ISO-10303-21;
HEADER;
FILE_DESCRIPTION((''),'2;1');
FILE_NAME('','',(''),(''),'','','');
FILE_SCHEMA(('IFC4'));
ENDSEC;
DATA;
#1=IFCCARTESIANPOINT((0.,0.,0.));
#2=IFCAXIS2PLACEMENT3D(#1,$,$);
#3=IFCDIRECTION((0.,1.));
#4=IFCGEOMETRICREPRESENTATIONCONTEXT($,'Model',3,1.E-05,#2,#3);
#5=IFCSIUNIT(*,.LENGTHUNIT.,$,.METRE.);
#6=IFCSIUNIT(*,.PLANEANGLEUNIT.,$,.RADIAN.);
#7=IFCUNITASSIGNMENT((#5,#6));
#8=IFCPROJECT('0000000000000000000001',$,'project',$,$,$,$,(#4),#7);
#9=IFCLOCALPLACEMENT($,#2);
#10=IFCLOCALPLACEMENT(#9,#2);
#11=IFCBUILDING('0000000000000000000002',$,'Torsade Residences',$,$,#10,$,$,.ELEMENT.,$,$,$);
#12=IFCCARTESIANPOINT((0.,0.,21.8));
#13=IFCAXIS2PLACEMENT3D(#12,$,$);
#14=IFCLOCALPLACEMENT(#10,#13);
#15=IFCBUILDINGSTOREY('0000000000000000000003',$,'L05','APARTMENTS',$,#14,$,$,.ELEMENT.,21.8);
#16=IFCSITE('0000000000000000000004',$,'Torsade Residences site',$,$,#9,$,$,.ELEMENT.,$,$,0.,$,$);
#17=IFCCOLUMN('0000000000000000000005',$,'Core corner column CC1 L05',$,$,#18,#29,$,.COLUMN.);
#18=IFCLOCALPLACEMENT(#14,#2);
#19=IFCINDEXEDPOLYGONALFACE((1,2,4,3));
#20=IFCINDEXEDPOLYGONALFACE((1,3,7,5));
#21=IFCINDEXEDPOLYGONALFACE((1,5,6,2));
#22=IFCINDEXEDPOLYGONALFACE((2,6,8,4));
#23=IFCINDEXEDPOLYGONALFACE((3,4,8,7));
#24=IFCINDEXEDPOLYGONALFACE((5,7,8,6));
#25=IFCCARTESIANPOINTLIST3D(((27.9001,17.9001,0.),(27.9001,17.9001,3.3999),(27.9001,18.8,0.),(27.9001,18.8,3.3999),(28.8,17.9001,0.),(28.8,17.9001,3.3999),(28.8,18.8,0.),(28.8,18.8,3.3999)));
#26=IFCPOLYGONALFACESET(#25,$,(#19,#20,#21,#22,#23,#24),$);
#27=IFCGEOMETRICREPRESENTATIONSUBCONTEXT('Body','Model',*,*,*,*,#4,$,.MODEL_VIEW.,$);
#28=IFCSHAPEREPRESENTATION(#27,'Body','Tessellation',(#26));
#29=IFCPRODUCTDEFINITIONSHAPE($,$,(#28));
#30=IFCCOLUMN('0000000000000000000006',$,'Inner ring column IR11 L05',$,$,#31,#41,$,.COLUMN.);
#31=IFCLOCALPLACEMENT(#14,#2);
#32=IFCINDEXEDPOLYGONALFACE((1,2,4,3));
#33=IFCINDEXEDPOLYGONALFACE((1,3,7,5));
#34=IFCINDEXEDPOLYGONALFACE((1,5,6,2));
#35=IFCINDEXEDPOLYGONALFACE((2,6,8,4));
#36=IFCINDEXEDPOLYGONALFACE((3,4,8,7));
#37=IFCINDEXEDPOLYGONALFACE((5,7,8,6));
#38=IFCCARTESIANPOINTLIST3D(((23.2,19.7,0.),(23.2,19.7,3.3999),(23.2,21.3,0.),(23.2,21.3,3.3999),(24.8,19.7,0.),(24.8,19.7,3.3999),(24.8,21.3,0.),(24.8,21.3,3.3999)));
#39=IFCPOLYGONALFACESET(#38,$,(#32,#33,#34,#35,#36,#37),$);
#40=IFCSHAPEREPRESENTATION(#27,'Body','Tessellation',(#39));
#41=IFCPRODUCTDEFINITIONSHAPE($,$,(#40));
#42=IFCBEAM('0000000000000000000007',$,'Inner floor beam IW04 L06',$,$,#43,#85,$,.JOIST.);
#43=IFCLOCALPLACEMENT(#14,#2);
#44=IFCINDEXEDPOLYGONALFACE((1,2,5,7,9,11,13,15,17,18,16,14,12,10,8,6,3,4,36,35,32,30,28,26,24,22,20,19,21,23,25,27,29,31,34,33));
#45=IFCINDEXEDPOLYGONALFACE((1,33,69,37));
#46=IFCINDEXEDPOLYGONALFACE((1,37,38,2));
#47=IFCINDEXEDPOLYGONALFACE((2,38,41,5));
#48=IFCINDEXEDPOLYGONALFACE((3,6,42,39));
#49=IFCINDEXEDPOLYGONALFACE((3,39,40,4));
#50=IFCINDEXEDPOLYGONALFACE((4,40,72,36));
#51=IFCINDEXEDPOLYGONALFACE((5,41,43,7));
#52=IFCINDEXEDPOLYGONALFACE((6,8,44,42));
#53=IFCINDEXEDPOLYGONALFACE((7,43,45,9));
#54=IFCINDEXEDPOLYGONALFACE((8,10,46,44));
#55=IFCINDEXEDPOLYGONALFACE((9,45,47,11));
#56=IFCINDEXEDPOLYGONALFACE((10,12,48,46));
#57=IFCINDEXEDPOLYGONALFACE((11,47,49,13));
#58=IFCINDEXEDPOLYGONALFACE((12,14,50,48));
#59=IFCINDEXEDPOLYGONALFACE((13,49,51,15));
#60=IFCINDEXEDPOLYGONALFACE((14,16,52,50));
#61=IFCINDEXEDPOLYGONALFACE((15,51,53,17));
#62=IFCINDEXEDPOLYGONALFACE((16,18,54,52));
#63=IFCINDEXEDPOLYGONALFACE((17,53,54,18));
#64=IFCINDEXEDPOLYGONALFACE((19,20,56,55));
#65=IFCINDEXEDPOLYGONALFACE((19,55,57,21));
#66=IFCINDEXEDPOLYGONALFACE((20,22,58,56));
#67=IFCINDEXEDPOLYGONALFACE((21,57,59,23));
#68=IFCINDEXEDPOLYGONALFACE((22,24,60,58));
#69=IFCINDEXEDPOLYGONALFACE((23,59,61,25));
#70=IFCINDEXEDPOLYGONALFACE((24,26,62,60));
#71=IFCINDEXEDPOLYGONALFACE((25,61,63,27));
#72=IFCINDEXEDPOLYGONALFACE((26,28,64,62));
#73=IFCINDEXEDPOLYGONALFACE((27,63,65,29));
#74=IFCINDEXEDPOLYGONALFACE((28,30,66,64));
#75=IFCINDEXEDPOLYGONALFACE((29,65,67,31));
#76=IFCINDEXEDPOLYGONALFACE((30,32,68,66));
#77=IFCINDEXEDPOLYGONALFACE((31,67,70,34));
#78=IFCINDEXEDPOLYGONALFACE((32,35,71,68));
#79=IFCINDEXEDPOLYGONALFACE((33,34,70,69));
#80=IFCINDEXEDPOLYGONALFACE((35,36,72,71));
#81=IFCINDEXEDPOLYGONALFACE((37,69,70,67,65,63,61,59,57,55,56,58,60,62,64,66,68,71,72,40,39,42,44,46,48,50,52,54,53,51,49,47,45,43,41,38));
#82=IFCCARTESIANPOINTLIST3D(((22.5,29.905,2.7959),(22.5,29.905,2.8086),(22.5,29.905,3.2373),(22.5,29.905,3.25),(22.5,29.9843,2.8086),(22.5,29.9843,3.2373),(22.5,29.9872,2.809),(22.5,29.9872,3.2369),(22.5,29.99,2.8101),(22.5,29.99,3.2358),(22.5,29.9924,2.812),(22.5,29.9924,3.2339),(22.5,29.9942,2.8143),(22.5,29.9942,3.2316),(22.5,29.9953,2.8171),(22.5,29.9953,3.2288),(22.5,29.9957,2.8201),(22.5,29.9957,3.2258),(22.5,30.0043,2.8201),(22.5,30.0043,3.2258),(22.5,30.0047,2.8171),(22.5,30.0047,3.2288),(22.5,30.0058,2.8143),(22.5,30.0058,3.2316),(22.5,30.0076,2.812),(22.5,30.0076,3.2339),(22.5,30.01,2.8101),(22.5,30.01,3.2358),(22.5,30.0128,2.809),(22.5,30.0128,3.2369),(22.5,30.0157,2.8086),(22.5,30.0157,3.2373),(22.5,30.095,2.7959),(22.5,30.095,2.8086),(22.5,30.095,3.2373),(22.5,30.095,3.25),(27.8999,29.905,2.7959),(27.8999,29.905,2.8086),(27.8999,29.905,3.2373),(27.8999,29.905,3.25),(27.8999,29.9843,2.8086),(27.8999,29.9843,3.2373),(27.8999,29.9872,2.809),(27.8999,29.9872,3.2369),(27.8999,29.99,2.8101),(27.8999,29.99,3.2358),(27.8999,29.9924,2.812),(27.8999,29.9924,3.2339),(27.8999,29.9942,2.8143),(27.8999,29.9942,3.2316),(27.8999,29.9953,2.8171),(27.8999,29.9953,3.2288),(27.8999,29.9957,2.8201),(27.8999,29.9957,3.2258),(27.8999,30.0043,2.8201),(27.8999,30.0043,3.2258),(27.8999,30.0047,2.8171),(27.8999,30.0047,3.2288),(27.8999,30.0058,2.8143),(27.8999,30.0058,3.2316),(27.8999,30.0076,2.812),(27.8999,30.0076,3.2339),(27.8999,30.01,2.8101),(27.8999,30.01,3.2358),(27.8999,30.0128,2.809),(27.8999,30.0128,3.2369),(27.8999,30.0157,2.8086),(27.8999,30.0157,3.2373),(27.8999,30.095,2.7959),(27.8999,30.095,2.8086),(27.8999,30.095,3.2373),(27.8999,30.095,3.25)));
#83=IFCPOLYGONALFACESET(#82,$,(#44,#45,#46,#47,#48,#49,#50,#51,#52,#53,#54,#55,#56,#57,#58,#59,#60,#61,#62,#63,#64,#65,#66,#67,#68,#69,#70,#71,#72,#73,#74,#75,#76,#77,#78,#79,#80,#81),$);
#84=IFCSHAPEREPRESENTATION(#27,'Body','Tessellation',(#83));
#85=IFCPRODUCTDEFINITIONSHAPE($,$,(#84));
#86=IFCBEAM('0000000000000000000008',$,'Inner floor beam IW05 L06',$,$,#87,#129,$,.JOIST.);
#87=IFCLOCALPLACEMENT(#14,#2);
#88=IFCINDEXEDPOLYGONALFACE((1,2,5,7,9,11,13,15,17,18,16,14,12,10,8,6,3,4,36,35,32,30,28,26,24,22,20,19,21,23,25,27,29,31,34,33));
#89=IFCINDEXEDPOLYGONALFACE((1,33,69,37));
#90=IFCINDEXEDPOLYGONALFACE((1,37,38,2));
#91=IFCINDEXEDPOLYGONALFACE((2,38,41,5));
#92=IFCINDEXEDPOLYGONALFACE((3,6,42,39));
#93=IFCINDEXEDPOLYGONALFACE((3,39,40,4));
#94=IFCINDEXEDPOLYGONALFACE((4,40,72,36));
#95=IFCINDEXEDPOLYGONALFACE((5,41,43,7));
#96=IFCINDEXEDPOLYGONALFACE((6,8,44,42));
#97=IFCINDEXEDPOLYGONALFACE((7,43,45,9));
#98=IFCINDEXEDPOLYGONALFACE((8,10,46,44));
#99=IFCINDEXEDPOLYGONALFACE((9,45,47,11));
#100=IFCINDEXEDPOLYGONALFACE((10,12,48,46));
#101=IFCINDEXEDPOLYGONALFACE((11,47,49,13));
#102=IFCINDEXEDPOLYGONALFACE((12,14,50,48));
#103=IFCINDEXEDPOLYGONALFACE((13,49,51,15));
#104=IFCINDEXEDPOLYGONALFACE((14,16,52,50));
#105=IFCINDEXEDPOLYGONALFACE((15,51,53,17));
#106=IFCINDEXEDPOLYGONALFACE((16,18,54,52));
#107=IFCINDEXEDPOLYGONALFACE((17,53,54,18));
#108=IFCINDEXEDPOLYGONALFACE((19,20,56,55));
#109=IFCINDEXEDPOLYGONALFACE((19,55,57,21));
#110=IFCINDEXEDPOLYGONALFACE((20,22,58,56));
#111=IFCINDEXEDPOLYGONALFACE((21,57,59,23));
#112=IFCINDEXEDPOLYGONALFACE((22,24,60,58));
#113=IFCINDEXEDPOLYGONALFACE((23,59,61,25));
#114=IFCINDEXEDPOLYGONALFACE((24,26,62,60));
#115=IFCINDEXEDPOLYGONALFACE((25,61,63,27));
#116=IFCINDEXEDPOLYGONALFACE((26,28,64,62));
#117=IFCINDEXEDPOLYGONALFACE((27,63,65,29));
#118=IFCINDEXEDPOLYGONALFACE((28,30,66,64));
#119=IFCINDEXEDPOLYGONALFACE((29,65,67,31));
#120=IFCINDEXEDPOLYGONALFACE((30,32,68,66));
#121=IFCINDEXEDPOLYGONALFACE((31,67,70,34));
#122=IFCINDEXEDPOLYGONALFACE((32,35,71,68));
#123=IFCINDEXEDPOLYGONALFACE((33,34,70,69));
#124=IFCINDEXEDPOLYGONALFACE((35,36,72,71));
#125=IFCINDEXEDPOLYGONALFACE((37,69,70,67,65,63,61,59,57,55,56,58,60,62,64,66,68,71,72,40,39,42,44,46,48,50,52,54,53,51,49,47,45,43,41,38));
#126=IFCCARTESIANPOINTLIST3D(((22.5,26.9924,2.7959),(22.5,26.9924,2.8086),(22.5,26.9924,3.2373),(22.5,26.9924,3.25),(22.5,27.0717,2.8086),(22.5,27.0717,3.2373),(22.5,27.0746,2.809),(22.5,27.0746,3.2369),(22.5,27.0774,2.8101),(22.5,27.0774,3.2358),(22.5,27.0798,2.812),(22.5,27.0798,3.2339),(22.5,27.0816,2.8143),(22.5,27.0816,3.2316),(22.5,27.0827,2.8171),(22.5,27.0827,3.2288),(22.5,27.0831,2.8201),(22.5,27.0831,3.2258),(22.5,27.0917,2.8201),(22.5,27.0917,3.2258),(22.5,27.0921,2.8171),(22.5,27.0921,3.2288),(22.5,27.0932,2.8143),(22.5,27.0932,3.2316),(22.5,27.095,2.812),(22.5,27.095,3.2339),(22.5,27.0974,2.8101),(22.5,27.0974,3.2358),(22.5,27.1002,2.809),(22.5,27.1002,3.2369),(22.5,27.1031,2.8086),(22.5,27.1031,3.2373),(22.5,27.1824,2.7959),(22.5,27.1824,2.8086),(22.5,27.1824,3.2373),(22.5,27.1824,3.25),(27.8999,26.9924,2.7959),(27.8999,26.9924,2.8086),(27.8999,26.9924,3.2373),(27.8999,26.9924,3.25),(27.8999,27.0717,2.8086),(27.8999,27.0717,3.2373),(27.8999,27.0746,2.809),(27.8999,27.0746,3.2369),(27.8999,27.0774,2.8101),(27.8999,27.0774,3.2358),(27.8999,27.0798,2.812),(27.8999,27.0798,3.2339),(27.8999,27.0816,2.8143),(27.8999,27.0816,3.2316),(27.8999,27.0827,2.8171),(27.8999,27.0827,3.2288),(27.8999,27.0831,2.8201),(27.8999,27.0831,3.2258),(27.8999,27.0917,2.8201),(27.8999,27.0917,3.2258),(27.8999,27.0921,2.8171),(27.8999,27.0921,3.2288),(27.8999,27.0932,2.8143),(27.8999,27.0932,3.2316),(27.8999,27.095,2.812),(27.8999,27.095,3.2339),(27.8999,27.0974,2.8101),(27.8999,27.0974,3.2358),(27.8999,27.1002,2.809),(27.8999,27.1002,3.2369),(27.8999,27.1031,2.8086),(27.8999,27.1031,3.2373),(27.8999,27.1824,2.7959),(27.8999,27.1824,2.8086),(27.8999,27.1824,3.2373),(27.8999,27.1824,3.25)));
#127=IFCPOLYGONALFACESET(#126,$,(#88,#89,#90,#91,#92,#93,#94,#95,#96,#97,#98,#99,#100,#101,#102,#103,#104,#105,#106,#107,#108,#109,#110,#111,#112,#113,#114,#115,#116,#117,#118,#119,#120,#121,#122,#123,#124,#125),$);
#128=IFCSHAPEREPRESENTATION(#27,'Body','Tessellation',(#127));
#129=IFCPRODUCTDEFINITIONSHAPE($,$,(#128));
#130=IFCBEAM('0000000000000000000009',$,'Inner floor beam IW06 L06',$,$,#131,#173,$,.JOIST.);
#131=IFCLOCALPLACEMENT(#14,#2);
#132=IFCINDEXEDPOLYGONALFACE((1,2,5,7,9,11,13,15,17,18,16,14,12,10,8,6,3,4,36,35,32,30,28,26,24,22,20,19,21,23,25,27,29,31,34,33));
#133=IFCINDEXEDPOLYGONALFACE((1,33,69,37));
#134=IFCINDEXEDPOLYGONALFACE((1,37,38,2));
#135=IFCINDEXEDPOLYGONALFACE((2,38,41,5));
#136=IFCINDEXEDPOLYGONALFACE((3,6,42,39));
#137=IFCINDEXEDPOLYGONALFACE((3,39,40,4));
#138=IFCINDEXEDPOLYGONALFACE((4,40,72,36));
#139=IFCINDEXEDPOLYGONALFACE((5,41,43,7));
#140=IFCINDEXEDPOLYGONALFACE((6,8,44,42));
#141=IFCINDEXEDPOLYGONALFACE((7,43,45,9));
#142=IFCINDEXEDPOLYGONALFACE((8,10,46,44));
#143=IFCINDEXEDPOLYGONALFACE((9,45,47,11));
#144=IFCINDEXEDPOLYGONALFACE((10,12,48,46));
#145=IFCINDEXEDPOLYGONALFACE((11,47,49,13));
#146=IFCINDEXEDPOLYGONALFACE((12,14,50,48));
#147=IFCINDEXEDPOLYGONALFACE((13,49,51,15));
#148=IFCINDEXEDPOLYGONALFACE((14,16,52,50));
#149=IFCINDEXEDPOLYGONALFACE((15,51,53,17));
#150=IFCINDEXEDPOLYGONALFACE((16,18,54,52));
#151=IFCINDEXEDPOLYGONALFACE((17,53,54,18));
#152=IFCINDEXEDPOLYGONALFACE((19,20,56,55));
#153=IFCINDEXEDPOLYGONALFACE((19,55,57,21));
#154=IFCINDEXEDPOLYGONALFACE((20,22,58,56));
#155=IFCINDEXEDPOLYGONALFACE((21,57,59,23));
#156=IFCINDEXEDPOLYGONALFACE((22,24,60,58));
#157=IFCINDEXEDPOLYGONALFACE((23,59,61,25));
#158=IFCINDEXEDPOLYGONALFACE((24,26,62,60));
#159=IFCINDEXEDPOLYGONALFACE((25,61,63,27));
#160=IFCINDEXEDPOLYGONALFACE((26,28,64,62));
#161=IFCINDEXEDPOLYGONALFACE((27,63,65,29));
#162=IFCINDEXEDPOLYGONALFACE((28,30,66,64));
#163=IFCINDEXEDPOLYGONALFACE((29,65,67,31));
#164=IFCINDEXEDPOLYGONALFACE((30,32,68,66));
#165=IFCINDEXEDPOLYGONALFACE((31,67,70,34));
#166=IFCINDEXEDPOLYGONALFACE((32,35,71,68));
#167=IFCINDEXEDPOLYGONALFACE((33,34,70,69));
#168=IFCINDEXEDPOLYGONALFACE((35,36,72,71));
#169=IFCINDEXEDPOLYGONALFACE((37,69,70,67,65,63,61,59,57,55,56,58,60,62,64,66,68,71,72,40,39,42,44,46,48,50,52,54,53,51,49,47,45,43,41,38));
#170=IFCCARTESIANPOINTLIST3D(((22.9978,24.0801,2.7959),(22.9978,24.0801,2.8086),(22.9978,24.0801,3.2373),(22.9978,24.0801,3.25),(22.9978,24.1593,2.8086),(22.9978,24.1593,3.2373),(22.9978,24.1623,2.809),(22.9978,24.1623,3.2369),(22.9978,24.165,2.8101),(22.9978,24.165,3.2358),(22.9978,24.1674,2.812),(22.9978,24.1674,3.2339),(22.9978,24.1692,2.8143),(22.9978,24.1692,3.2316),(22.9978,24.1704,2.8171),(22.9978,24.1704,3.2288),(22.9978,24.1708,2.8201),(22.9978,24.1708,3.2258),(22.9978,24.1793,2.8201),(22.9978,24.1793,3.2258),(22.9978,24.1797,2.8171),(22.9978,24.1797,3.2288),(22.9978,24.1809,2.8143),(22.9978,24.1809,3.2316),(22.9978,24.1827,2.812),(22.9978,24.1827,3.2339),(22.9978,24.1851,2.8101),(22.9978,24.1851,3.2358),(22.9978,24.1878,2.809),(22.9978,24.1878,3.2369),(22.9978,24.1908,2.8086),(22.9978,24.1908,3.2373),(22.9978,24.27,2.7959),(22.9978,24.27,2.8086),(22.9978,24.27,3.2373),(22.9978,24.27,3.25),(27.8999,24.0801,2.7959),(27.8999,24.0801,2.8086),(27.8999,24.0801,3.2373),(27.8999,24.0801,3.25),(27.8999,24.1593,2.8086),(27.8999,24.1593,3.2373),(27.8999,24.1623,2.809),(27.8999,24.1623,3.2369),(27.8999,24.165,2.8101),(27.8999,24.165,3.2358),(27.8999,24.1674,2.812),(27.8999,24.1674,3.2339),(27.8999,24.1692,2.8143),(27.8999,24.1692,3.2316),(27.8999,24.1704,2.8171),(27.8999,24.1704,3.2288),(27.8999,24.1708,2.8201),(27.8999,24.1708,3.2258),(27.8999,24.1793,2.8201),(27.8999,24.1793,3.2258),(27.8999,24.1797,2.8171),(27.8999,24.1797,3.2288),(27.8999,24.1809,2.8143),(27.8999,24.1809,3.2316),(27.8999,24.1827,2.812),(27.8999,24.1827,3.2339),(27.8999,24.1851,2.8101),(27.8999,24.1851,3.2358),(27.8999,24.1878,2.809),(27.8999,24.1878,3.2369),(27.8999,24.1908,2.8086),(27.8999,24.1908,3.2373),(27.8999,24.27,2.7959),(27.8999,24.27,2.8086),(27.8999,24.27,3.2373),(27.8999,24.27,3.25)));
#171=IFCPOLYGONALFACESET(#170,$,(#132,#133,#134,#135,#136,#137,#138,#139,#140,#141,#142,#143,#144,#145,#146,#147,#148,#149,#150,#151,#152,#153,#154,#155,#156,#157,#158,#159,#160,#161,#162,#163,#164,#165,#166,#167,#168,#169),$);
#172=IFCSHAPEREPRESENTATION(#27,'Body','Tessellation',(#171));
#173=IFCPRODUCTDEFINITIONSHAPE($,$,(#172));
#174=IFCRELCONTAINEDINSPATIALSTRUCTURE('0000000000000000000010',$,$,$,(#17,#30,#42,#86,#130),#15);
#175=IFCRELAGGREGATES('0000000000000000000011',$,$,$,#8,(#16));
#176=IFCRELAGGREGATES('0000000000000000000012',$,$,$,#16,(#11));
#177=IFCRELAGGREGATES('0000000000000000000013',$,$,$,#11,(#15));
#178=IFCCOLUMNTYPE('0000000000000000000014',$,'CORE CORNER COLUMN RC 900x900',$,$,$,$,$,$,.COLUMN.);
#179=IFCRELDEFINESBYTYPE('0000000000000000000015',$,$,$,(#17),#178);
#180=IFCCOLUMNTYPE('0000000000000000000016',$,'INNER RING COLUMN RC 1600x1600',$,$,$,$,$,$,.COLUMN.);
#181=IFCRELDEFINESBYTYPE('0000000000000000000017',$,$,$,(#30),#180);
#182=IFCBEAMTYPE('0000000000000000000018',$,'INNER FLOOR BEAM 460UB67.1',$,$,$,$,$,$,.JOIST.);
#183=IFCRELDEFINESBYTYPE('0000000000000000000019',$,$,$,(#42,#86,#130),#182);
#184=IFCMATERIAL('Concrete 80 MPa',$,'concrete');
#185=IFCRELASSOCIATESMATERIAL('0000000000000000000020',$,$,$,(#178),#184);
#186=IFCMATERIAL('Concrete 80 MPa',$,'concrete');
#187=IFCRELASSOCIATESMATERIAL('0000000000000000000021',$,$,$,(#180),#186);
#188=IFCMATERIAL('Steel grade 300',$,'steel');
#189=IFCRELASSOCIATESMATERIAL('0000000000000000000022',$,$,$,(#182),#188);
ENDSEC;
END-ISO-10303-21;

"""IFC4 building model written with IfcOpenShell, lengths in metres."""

from ifc_helpers import new_model, si_unit, direction, frame, origin, origin_2d, place, context, subcontext, project, spatial, rectangle, i_section, extrude, material, material_profile, profile_set, type_object, element, save


model = new_model("IFC4")

# Units and contexts
model_context = context("Model", 3, precision=1e-05, world=origin(), true_north=direction((0.0, 1.0)))
body_context = subcontext(model_context, "Body", "Model", "MODEL_VIEW")
ifc_project = project(units=[si_unit("LENGTHUNIT", "METRE"), si_unit("PLANEANGLEUNIT", "RADIAN")], contexts=[model_context])

# Site, building, storey
site_placement = place(None, origin())
site = spatial("IfcSite", under=ifc_project, at=site_placement, Name="Torsade Residences site", CompositionType="ELEMENT", RefElevation=0.0)
building_placement = place(site_placement, origin())
building = spatial("IfcBuilding", under=site, at=building_placement, Name="Torsade Residences", CompositionType="ELEMENT")
storey_placement = place(building_placement, frame((0.0, 0.0, 21.8)))
storey = spatial("IfcBuildingStorey", under=building, at=storey_placement, Name="L05", Description="APARTMENTS", CompositionType="ELEMENT", Elevation=21.8)

# Columns
ifc_material_1 = material(Name="Concrete 80 MPa", Category="concrete")
ifc_material_profile_1 = material_profile(ifc_material_1, rectangle(XDim=0.8999, YDim=0.8999, at=origin_2d()), Name="RC 900x900")
ifc_profile_set_1 = profile_set([ifc_material_profile_1], Name="Concrete 80 MPa")
column_type_1 = type_object("IfcColumnType", Name="CORE CORNER COLUMN RC 900x900", PredefinedType="COLUMN", material=ifc_profile_set_1)
column_1_placement = place(storey_placement, frame((28.3501, 18.3501, 0.0), z_axis=(0.0, 0.0, 1.0), x_axis=(1.0, 0.0, 0.0)))
element("IfcColumn", 1, at=column_1_placement, inside=storey, type_object=column_type_1, Name="Core corner column CC1 L05", PredefinedType="COLUMN", context=body_context, shape_type="SweptSolid", body=[
    extrude(rectangle(XDim=0.8999, YDim=0.8999, at=origin_2d()), origin(), (0.0, 0.0, 1.0), 3.3999),
])
ifc_material_2 = material(Name="Concrete 80 MPa", Category="concrete")
ifc_material_profile_2 = material_profile(ifc_material_2, rectangle(XDim=1.6001, YDim=1.6001, at=origin_2d()), Name="RC 1600x1600")
ifc_profile_set_2 = profile_set([ifc_material_profile_2], Name="Concrete 80 MPa")
column_type_2 = type_object("IfcColumnType", Name="INNER RING COLUMN RC 1600x1600", PredefinedType="COLUMN", material=ifc_profile_set_2)
column_2_placement = place(storey_placement, frame((24.0, 20.5, 0.0), z_axis=(0.0, 0.0, 1.0), x_axis=(1.0, 0.0, 0.0)))
element("IfcColumn", 2, at=column_2_placement, inside=storey, type_object=column_type_2, Name="Inner ring column IR11 L05", PredefinedType="COLUMN", context=body_context, shape_type="SweptSolid", body=[
    extrude(rectangle(XDim=1.6001, YDim=1.6001, at=origin_2d()), origin(), (0.0, 0.0, 1.0), 3.3999),
])

# Beams
ifc_material_3 = material(Name="Steel grade 300", Category="steel")
ifc_material_profile_3 = material_profile(ifc_material_3, i_section(OverallWidth=0.1899, OverallDepth=0.4541, WebThickness=0.0085, FlangeThickness=0.0127, FilletRadius=0.0115, at=origin_2d()), Name="460UB67.1")
ifc_profile_set_3 = profile_set([ifc_material_profile_3], Name="Steel grade 300")
beam_type_1 = type_object("IfcBeamType", Name="INNER FLOOR BEAM 460UB67.1", PredefinedType="JOIST", material=ifc_profile_set_3)
for number, where, z_axis, x_axis, name in (
    (3, (27.8999, 30.0, 3.0229), (-1.0, 0.0, 0.0), (0.0, -1.0, 0.0), "Inner floor beam IW04 L06"),
    (4, (27.8999, 27.0874, 3.0229), (-1.0, 0.0, 0.0), (0.0, -1.0, 0.0), "Inner floor beam IW05 L06"),
):
    element("IfcBeam", number, at=place(storey_placement, frame(where, z_axis=z_axis, x_axis=x_axis)), inside=storey, type_object=beam_type_1, Name=name, PredefinedType="JOIST", context=body_context, shape_type="SweptSolid", body=[
        extrude(i_section(OverallWidth=0.1899, OverallDepth=0.4541, WebThickness=0.0085, FlangeThickness=0.0127, FilletRadius=0.0115, at=origin_2d()), origin(), (0.0, 0.0, 1.0), 5.3999),
    ])
beam_1_placement = place(storey_placement, frame((27.8999, 24.175, 3.0229), z_axis=(-1.0, 0.0, 0.0), x_axis=(0.0, -1.0, 0.0)))
element("IfcBeam", 5, at=beam_1_placement, inside=storey, type_object=beam_type_1, Name="Inner floor beam IW06 L06", PredefinedType="JOIST", context=body_context, shape_type="SweptSolid", body=[
    extrude(i_section(OverallWidth=0.1899, OverallDepth=0.4541, WebThickness=0.0085, FlangeThickness=0.0127, FilletRadius=0.0115, at=origin_2d()), origin(), (0.0, 0.0, 1.0), 4.9021),
])

save(model, "model.ifc")
